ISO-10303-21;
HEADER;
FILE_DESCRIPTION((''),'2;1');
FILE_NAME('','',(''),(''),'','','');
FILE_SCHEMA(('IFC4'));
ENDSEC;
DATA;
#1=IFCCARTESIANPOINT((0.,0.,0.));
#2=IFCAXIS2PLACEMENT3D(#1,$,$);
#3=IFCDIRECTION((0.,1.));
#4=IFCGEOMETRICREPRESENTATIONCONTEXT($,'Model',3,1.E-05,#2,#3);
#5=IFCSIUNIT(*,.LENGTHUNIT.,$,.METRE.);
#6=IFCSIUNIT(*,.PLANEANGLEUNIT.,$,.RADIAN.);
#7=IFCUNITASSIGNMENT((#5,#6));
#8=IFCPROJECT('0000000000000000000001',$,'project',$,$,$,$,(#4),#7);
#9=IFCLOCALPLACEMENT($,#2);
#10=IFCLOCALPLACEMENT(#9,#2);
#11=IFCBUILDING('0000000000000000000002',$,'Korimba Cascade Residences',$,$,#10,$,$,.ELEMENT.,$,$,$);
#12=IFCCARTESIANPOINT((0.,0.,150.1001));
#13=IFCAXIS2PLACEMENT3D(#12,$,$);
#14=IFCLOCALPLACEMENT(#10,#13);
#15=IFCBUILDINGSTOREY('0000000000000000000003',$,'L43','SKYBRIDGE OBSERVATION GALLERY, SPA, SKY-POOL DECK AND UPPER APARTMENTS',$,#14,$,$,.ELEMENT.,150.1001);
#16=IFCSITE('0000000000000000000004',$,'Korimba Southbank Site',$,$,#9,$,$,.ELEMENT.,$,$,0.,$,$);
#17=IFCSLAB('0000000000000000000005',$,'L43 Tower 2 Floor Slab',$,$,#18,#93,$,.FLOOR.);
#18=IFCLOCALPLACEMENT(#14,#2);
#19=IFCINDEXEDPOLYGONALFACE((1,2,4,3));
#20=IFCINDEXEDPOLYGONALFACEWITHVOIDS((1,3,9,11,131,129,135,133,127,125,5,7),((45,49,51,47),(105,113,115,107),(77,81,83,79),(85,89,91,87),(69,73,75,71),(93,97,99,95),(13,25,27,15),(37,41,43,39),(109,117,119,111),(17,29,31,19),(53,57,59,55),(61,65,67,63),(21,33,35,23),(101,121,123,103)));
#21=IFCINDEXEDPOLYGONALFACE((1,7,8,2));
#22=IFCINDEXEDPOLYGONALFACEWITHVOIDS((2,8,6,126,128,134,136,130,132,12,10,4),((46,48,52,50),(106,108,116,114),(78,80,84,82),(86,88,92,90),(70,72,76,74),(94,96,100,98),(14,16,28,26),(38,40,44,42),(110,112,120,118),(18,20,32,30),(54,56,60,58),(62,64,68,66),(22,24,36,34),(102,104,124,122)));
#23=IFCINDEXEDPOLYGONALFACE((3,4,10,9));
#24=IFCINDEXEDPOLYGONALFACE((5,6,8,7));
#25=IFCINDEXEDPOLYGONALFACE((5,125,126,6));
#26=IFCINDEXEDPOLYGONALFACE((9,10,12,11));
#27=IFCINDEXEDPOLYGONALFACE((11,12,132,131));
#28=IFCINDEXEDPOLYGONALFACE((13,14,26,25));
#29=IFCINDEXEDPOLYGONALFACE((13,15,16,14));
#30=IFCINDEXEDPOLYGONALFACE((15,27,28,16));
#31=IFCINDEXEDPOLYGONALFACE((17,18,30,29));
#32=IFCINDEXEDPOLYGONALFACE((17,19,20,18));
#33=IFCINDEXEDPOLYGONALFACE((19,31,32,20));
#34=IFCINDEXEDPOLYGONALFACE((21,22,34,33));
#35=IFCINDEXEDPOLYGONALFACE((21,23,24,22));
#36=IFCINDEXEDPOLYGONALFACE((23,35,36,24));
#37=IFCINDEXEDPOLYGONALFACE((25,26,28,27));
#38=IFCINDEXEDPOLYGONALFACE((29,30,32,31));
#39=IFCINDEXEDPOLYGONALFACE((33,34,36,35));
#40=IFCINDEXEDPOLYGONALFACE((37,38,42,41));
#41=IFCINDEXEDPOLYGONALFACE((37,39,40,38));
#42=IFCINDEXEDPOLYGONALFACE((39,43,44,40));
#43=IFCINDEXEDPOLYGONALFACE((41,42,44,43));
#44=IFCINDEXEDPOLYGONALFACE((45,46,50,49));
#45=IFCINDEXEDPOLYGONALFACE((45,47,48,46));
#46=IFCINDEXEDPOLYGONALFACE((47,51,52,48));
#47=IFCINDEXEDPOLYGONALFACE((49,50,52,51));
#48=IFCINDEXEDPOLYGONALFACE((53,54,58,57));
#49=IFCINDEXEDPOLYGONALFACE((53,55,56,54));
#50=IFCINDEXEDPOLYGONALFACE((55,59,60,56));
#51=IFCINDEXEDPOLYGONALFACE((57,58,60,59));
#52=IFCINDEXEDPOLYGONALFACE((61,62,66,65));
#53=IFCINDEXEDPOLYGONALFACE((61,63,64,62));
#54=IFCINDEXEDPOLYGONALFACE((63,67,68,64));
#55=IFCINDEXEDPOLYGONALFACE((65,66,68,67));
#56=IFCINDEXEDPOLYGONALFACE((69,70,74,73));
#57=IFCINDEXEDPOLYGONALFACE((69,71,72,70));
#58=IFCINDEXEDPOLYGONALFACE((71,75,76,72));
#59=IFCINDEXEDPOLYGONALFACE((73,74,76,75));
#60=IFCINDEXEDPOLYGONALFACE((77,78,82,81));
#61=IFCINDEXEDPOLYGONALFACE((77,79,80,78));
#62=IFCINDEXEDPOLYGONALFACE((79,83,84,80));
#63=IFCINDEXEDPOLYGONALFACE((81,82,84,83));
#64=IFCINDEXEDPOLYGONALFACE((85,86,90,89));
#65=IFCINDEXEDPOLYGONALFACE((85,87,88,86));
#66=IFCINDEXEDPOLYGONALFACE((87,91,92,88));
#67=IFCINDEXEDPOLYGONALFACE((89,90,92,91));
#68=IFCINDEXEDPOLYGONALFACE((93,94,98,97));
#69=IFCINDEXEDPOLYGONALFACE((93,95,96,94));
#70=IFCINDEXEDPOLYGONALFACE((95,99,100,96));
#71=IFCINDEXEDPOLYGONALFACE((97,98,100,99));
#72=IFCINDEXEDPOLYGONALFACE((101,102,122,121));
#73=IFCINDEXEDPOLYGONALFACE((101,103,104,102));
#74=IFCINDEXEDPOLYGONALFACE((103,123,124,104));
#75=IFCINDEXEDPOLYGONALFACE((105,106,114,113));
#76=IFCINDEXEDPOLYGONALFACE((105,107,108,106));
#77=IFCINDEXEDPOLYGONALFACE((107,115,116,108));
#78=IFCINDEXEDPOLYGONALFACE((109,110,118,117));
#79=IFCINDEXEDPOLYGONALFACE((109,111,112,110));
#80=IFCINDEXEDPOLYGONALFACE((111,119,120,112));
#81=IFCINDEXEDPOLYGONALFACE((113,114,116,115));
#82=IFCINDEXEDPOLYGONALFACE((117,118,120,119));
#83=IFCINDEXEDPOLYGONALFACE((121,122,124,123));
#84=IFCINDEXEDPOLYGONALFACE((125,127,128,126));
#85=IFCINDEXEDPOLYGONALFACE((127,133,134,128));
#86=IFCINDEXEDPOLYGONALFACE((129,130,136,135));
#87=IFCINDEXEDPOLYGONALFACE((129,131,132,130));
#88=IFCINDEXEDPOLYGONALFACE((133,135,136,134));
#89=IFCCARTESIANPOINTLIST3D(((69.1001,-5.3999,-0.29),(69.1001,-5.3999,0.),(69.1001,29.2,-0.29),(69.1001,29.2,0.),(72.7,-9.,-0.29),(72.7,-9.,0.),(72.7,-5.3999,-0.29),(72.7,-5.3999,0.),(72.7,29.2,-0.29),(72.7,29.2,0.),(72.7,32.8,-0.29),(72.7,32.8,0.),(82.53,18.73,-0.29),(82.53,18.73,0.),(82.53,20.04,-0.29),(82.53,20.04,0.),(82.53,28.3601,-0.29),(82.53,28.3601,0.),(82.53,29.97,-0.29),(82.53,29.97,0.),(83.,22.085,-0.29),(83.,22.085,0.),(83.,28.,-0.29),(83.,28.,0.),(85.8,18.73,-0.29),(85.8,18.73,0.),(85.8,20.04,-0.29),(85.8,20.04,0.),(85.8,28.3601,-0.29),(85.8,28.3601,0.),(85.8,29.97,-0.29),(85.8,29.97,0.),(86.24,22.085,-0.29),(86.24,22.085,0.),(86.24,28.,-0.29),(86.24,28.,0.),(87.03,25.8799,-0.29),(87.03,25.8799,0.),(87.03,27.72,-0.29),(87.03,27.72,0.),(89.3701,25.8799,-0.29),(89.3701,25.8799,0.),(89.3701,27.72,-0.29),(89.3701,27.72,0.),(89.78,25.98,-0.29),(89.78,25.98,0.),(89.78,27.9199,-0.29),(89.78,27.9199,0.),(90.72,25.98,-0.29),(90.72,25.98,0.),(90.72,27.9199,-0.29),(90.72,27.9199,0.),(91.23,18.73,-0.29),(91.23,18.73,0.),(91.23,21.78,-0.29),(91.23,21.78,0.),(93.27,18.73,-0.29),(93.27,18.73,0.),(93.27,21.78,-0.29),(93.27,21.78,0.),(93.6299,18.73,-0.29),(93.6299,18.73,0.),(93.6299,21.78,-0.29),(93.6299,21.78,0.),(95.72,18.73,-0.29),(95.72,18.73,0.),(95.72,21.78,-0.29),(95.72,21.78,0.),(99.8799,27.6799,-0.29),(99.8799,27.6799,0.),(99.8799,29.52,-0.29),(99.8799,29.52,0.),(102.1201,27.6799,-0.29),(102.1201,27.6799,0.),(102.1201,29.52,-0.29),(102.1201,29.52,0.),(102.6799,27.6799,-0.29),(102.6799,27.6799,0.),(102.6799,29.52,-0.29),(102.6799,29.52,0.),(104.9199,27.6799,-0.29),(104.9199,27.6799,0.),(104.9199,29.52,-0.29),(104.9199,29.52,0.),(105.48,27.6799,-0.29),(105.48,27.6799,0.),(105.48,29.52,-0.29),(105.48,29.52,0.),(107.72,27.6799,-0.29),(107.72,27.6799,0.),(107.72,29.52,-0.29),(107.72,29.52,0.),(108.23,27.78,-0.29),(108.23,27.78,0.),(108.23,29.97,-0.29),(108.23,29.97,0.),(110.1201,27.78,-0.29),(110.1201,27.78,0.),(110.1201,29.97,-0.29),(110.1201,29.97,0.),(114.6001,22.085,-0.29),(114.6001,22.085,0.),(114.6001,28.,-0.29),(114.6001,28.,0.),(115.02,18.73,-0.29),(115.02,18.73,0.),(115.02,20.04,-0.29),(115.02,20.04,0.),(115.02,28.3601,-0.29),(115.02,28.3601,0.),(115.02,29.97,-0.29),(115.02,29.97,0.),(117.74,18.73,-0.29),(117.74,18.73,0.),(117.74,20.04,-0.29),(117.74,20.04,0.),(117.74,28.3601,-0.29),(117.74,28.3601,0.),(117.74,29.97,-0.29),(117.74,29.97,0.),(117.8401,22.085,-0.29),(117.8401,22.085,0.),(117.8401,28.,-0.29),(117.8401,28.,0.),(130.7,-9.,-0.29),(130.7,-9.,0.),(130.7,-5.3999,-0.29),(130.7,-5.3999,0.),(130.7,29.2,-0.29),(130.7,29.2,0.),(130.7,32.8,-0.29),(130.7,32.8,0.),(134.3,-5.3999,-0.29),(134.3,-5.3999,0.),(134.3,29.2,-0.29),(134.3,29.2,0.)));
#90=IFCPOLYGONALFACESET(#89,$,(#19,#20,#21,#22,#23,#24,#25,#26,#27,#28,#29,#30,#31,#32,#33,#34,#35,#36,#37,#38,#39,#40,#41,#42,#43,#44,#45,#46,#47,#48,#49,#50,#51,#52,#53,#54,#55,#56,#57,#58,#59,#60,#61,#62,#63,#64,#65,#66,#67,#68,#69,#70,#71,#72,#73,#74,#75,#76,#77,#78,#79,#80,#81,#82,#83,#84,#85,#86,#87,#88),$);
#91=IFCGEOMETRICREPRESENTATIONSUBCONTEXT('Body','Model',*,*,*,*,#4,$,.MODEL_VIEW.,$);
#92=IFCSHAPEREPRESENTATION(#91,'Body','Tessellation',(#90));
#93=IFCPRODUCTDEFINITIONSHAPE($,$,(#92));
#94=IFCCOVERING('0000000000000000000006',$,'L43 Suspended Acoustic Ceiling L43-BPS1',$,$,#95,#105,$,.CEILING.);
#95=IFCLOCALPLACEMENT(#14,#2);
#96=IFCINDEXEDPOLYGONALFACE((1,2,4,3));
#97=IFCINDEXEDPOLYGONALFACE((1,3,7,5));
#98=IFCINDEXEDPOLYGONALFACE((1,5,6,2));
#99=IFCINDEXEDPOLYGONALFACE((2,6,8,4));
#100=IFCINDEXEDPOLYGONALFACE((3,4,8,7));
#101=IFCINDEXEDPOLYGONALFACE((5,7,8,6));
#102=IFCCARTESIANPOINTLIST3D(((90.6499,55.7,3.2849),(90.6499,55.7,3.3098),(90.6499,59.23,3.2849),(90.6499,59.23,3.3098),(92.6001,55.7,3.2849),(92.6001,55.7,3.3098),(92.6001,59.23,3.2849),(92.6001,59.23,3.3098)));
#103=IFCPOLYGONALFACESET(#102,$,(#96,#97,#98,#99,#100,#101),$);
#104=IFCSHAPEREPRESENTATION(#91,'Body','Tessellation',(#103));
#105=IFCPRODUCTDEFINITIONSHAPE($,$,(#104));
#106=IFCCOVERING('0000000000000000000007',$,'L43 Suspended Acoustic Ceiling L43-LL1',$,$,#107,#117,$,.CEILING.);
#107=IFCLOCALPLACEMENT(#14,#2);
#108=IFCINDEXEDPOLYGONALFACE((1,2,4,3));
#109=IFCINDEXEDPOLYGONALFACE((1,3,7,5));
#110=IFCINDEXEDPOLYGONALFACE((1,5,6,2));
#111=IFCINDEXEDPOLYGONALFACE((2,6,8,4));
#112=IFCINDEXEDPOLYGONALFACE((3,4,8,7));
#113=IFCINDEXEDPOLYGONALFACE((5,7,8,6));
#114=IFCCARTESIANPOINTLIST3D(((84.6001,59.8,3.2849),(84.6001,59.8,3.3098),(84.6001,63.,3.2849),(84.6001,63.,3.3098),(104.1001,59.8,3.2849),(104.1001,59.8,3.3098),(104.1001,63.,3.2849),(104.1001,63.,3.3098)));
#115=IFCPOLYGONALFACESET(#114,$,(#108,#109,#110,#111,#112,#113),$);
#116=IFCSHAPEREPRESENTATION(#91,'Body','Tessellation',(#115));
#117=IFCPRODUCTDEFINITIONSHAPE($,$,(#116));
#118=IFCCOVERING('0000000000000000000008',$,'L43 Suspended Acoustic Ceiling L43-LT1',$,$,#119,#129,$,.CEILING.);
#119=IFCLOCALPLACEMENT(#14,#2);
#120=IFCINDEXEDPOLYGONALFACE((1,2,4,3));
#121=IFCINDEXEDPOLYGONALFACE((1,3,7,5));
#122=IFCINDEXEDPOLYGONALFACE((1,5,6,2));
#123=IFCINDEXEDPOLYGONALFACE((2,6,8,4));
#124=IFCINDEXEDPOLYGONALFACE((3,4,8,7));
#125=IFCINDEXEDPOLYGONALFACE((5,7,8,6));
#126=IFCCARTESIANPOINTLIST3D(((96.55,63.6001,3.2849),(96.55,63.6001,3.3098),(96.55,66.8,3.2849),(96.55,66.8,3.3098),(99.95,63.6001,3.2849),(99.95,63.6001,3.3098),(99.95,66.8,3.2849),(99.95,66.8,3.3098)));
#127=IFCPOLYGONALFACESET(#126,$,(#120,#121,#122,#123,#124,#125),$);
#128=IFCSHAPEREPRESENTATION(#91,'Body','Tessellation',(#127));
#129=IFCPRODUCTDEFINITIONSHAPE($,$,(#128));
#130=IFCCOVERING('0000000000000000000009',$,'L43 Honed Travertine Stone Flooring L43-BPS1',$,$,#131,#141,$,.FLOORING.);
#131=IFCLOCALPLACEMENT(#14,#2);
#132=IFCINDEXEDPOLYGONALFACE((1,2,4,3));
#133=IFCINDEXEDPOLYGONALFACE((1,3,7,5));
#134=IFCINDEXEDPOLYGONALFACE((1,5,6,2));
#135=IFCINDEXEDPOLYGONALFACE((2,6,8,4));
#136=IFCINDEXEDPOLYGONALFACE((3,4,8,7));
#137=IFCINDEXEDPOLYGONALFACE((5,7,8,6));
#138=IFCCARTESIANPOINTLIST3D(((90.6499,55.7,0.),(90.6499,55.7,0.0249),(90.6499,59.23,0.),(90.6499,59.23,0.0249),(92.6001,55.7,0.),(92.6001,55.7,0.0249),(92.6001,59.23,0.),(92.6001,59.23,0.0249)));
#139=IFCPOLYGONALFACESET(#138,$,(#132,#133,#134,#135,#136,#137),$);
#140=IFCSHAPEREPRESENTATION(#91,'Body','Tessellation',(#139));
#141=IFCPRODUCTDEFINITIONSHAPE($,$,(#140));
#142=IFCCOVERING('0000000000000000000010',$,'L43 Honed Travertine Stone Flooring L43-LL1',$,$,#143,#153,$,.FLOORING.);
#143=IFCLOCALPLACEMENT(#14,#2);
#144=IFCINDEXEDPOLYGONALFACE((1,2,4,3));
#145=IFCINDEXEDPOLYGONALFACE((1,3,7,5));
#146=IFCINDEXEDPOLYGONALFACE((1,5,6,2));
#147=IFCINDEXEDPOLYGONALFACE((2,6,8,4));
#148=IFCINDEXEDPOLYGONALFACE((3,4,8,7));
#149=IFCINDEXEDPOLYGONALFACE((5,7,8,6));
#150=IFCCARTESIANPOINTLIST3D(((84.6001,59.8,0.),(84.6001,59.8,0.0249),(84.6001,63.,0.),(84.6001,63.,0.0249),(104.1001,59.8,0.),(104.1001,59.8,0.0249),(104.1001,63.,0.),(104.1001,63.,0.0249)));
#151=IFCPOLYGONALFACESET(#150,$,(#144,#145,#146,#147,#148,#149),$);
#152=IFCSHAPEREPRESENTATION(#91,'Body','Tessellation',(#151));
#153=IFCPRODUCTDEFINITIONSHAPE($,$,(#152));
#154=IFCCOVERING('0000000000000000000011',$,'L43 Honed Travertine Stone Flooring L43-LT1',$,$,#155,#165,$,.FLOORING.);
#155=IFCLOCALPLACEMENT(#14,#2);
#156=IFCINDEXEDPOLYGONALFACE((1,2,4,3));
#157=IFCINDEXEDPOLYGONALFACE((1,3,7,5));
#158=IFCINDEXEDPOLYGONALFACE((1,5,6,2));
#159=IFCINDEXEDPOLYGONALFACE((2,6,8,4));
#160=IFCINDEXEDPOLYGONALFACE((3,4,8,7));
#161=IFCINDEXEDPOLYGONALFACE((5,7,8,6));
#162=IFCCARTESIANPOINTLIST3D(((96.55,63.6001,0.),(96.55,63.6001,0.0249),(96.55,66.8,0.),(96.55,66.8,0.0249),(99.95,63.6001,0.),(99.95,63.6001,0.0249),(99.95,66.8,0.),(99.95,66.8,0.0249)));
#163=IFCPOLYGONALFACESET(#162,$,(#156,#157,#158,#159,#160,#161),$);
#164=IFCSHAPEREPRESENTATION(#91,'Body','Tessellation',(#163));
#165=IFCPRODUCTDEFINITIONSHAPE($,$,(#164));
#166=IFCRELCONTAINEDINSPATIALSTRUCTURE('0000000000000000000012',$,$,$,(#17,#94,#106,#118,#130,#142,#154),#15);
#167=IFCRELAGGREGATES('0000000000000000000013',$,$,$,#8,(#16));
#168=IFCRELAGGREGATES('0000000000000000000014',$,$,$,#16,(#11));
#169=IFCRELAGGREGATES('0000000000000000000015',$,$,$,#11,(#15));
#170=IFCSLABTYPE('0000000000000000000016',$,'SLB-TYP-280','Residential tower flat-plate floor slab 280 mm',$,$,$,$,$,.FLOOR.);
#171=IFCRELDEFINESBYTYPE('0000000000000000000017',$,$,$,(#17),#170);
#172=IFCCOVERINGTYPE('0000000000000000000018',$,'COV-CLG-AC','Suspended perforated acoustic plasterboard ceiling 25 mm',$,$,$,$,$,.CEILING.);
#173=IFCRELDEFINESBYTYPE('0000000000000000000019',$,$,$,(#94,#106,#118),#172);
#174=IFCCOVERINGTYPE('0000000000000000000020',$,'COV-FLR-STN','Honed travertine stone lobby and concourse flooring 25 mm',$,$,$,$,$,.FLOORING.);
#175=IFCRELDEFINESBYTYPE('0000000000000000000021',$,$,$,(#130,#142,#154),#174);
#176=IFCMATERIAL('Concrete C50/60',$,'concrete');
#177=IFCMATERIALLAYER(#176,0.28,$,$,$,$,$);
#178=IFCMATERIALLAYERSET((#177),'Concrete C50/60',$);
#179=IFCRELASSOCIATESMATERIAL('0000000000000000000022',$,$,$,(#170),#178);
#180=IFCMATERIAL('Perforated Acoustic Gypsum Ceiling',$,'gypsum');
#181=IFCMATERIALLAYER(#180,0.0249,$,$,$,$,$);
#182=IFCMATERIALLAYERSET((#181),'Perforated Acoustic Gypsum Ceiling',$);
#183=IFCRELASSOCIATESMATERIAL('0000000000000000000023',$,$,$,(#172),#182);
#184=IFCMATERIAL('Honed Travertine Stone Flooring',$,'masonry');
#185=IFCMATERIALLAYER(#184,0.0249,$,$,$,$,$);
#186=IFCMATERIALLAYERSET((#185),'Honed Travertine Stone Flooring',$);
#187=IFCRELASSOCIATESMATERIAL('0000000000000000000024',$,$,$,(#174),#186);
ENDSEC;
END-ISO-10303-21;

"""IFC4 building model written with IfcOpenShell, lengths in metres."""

from ifc_helpers import new_model, si_unit, direction, frame, origin, place, context, subcontext, project, spatial, polyline, outline, extrude, material, layer, layer_set, type_object, element, save


model = new_model("IFC4")

# Units and contexts
model_context = context("Model", 3, precision=1e-05, world=origin(), true_north=direction((0.0, 1.0)))
body_context = subcontext(model_context, "Body", "Model", "MODEL_VIEW")
ifc_project = project(units=[si_unit("LENGTHUNIT", "METRE"), si_unit("PLANEANGLEUNIT", "RADIAN")], contexts=[model_context])

# Site, building, storey
site_placement = place(None, origin())
site = spatial("IfcSite", under=ifc_project, at=site_placement, Name="Korimba Southbank Site", CompositionType="ELEMENT", RefElevation=0.0)
building_placement = place(site_placement, origin())
building = spatial("IfcBuilding", under=site, at=building_placement, Name="Korimba Cascade Residences", CompositionType="ELEMENT")
storey_placement = place(building_placement, frame((0.0, 0.0, 150.1001)))
storey = spatial("IfcBuildingStorey", under=building, at=storey_placement, Name="L43", Description="SKYBRIDGE OBSERVATION GALLERY, SPA, SKY-POOL DECK AND UPPER APARTMENTS", CompositionType="ELEMENT", Elevation=150.1001)

# Shared definitions
ifc_material_1 = material(Name="Concrete C50/60", Category="concrete")

# Slab
ifc_layer_1 = layer(ifc_material_1, 0.28)
ifc_layer_set_1 = layer_set([ifc_layer_1], Name="Concrete C50/60")
slab_type_1 = type_object("IfcSlabType", Name="SLB-TYP-280", Description="Residential tower flat-plate floor slab 280 mm", PredefinedType="FLOOR", material=ifc_layer_set_1)
slab_1_placement = place(storey_placement, frame((0.0, 0.0, -0.29)))
element("IfcSlab", 1, at=slab_1_placement, inside=storey, type_object=slab_type_1, Name="L43 Tower 2 Floor Slab", PredefinedType="FLOOR", context=body_context, shape_type="SweptSolid", body=[
    extrude(outline(polyline([(72.7, -9.0), (130.7, -9.0), (130.7, -5.3999), (134.3, -5.3999), (134.3, 29.2), (130.7, 29.2), (130.7, 32.8), (72.7, 32.8), (72.7, 29.2), (69.1001, 29.2), (69.1001, -5.3999), (72.7, -5.3999), (72.7, -9.0)]), holes=[polyline([(86.24, 22.085), (86.24, 28.0), (83.0, 28.0), (83.0, 22.085), (86.24, 22.085)]), polyline([(117.8401, 22.085), (117.8401, 28.0), (114.6001, 28.0), (114.6001, 22.085), (117.8401, 22.085)]), polyline([(87.03, 25.8799), (89.3701, 25.8799), (89.3701, 27.72), (87.03, 27.72), (87.03, 25.8799)]), polyline([(99.8799, 27.6799), (102.1201, 27.6799), (102.1201, 29.52), (99.8799, 29.52), (99.8799, 27.6799)]), polyline([(102.6799, 27.6799), (104.9199, 27.6799), (104.9199, 29.52), (102.6799, 29.52), (102.6799, 27.6799)]), polyline([(105.48, 27.6799), (107.72, 27.6799), (107.72, 29.52), (105.48, 29.52), (105.48, 27.6799)]), polyline([(89.78, 25.98), (90.72, 25.98), (90.72, 27.9199), (89.78, 27.9199), (89.78, 25.98)]), polyline([(82.53, 18.73), (85.8, 18.73), (85.8, 20.04), (82.53, 20.04), (82.53, 18.73)]), polyline([(82.53, 28.3601), (85.8, 28.3601), (85.8, 29.97), (82.53, 29.97), (82.53, 28.3601)]), polyline([(108.23, 27.78), (110.1201, 27.78), (110.1201, 29.97), (108.23, 29.97), (108.23, 27.78)]), polyline([(91.23, 18.73), (93.27, 18.73), (93.27, 21.78), (91.23, 21.78), (91.23, 18.73)]), polyline([(93.6299, 18.73), (95.72, 18.73), (95.72, 21.78), (93.6299, 21.78), (93.6299, 18.73)]), polyline([(115.02, 18.73), (117.74, 18.73), (117.74, 20.04), (115.02, 20.04), (115.02, 18.73)]), polyline([(115.02, 28.3601), (117.74, 28.3601), (117.74, 29.97), (115.02, 29.97), (115.02, 28.3601)])]), origin(), (0.0, 0.0, 1.0), 0.29),
])

# Coverings
ifc_material_2 = material(Name="Perforated Acoustic Gypsum Ceiling", Category="gypsum")
ifc_layer_2 = layer(ifc_material_2, 0.0249)
ifc_layer_set_2 = layer_set([ifc_layer_2], Name="Perforated Acoustic Gypsum Ceiling")
covering_type_1 = type_object("IfcCoveringType", Name="COV-CLG-AC", Description="Suspended perforated acoustic plasterboard ceiling 25 mm", PredefinedType="CEILING", material=ifc_layer_set_2)
covering_1_placement = place(storey_placement, frame((0.0, 0.0, 3.2849)))
element("IfcCovering", 2, at=covering_1_placement, inside=storey, type_object=covering_type_1, Name="L43 Suspended Acoustic Ceiling L43-BPS1", PredefinedType="CEILING", context=body_context, shape_type="SweptSolid", body=[
    extrude(outline(polyline([(90.6499, 55.7), (92.6001, 55.7), (92.6001, 59.23), (90.6499, 59.23), (90.6499, 55.7)])), origin(), (0.0, 0.0, 1.0), 0.0249),
])
covering_2_placement = place(storey_placement, frame((0.0, 0.0, 3.2849)))
element("IfcCovering", 3, at=covering_2_placement, inside=storey, type_object=covering_type_1, Name="L43 Suspended Acoustic Ceiling L43-LL1", PredefinedType="CEILING", context=body_context, shape_type="SweptSolid", body=[
    extrude(outline(polyline([(84.6001, 59.8), (104.1001, 59.8), (104.1001, 63.0), (84.6001, 63.0), (84.6001, 59.8)])), origin(), (0.0, 0.0, 1.0), 0.0249),
])
covering_3_placement = place(storey_placement, frame((0.0, 0.0, 3.2849)))
element("IfcCovering", 4, at=covering_3_placement, inside=storey, type_object=covering_type_1, Name="L43 Suspended Acoustic Ceiling L43-LT1", PredefinedType="CEILING", context=body_context, shape_type="SweptSolid", body=[
    extrude(outline(polyline([(96.55, 63.6001), (99.95, 63.6001), (99.95, 66.8), (96.55, 66.8), (96.55, 63.6001)])), origin(), (0.0, 0.0, 1.0), 0.0249),
])
ifc_material_3 = material(Name="Honed Travertine Stone Flooring", Category="masonry")
ifc_layer_3 = layer(ifc_material_3, 0.0249)
ifc_layer_set_3 = layer_set([ifc_layer_3], Name="Honed Travertine Stone Flooring")
covering_type_2 = type_object("IfcCoveringType", Name="COV-FLR-STN", Description="Honed travertine stone lobby and concourse flooring 25 mm", PredefinedType="FLOORING", material=ifc_layer_set_3)
covering_4_placement = place(storey_placement, origin())
element("IfcCovering", 5, at=covering_4_placement, inside=storey, type_object=covering_type_2, Name="L43 Honed Travertine Stone Flooring L43-BPS1", PredefinedType="FLOORING", context=body_context, shape_type="SweptSolid", body=[
    extrude(outline(polyline([(90.6499, 55.7), (92.6001, 55.7), (92.6001, 59.23), (90.6499, 59.23), (90.6499, 55.7)])), origin(), (0.0, 0.0, 1.0), 0.0249),
])
covering_5_placement = place(storey_placement, origin())
element("IfcCovering", 6, at=covering_5_placement, inside=storey, type_object=covering_type_2, Name="L43 Honed Travertine Stone Flooring L43-LL1", PredefinedType="FLOORING", context=body_context, shape_type="SweptSolid", body=[
    extrude(outline(polyline([(84.6001, 59.8), (104.1001, 59.8), (104.1001, 63.0), (84.6001, 63.0), (84.6001, 59.8)])), origin(), (0.0, 0.0, 1.0), 0.0249),
])
covering_6_placement = place(storey_placement, origin())
element("IfcCovering", 7, at=covering_6_placement, inside=storey, type_object=covering_type_2, Name="L43 Honed Travertine Stone Flooring L43-LT1", PredefinedType="FLOORING", context=body_context, shape_type="SweptSolid", body=[
    extrude(outline(polyline([(96.55, 63.6001), (99.95, 63.6001), (99.95, 66.8), (96.55, 66.8), (96.55, 63.6001)])), origin(), (0.0, 0.0, 1.0), 0.0249),
])

save(model, "model.ifc")
